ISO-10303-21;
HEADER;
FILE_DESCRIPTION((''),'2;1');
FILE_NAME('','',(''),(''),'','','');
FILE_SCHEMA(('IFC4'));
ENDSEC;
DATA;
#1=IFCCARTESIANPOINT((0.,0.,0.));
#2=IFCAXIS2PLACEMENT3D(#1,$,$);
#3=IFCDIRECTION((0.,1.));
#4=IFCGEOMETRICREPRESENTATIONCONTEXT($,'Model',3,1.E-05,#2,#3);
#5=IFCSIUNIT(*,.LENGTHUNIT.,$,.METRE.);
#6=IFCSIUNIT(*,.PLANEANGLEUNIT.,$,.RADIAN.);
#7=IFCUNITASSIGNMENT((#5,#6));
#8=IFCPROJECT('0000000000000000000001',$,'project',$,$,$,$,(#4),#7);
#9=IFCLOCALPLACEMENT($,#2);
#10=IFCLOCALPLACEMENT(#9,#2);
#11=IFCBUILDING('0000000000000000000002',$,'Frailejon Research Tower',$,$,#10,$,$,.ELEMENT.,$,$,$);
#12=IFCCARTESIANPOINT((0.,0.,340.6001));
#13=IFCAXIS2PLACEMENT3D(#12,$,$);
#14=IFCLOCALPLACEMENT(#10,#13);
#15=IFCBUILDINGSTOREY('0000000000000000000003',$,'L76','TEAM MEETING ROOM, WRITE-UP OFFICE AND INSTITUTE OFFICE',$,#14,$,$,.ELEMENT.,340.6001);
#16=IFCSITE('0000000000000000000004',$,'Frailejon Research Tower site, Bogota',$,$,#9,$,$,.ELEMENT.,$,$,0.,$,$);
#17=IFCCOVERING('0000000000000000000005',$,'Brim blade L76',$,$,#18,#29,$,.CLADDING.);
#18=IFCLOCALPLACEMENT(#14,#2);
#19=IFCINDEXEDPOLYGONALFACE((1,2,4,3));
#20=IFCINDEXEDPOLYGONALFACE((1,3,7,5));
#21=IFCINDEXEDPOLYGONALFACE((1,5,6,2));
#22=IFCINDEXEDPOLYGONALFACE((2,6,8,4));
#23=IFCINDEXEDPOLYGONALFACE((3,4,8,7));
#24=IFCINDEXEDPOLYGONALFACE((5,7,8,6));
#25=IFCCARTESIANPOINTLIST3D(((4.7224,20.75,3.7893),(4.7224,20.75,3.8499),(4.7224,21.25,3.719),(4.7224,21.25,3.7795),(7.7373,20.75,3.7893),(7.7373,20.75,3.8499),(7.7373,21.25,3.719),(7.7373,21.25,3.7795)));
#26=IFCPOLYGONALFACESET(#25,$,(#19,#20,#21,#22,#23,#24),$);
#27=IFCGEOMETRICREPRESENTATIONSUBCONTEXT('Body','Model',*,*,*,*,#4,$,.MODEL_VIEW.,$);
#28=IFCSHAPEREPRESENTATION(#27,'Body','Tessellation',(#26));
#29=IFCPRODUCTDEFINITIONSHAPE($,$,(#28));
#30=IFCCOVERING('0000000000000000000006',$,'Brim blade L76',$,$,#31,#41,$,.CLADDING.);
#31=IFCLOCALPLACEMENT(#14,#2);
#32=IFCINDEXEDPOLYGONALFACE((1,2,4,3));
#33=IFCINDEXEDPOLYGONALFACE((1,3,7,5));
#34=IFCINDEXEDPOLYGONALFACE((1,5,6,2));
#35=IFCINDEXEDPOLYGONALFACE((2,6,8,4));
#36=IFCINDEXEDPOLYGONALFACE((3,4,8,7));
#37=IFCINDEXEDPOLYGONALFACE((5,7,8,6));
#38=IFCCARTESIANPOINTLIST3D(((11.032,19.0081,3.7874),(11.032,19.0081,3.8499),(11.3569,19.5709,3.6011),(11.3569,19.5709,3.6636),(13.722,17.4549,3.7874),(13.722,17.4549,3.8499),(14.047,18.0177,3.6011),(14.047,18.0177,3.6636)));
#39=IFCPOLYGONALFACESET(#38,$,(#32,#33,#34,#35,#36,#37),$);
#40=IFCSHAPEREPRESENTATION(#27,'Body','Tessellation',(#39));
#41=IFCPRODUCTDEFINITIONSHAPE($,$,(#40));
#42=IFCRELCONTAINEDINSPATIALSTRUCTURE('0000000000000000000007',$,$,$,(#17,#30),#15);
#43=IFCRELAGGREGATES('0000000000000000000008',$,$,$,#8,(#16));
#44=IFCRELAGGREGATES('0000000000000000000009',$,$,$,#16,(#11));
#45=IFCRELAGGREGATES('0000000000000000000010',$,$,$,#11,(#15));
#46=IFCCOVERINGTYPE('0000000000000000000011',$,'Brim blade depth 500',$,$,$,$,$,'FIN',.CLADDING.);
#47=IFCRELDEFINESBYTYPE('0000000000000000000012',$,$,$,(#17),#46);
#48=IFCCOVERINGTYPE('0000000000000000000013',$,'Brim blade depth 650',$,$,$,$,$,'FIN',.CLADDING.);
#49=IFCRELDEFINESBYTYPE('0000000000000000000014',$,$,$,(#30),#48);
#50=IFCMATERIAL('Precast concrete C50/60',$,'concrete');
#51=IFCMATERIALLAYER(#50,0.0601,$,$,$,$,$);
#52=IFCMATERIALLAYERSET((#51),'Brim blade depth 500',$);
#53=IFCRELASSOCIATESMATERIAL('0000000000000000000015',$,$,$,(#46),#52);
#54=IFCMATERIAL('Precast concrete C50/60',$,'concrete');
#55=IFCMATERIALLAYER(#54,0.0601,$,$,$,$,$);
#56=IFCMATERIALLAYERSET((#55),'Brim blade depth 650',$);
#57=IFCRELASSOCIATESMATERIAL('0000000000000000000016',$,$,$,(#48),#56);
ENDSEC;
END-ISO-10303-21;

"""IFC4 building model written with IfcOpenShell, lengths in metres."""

from ifc_helpers import new_model, si_unit, direction, frame, origin, place, context, subcontext, project, spatial, polyline, outline, extrude, material, layer, layer_set, type_object, element, save


model = new_model("IFC4")

# Units and contexts
model_context = context("Model", 3, precision=1e-05, world=origin(), true_north=direction((0.0, 1.0)))
body_context = subcontext(model_context, "Body", "Model", "MODEL_VIEW")
ifc_project = project(units=[si_unit("LENGTHUNIT", "METRE"), si_unit("PLANEANGLEUNIT", "RADIAN")], contexts=[model_context])

# Site, building, storey
site_placement = place(None, origin())
site = spatial("IfcSite", under=ifc_project, at=site_placement, Name="Frailejon Research Tower site, Bogota", CompositionType="ELEMENT", RefElevation=0.0)
building_placement = place(site_placement, origin())
building = spatial("IfcBuilding", under=site, at=building_placement, Name="Frailejon Research Tower", CompositionType="ELEMENT")
storey_placement = place(building_placement, frame((0.0, 0.0, 340.6001)))
storey = spatial("IfcBuildingStorey", under=building, at=storey_placement, Name="L76", Description="TEAM MEETING ROOM, WRITE-UP OFFICE AND INSTITUTE OFFICE", CompositionType="ELEMENT", Elevation=340.6001)

# Coverings
ifc_material_1 = material(Name="Precast concrete C50/60", Category="concrete")
ifc_layer_1 = layer(ifc_material_1, 0.0601)
ifc_layer_set_1 = layer_set([ifc_layer_1], Name="Brim blade depth 500")
covering_type_1 = type_object("IfcCoveringType", Name="Brim blade depth 500", ElementType="FIN", PredefinedType="CLADDING", material=ifc_layer_set_1)
covering_1_placement = place(storey_placement, frame((4.7224, 20.75, 3.8499), z_axis=(1.0, 0.0, 0.0), x_axis=(0.0, 1.0, 0.0)))
element("IfcCovering", 1, at=covering_1_placement, inside=storey, type_object=covering_type_1, Name="Brim blade L76", PredefinedType="CLADDING", context=body_context, shape_type="SweptSolid", body=[
    extrude(outline(polyline([(0.0, -0.0605), (0.5, -0.1309), (0.5, -0.0703), (0.0, 0.0), (0.0, -0.0605)])), origin(), (0.0, 0.0, 1.0), 3.0149),
])
ifc_material_2 = material(Name="Precast concrete C50/60", Category="concrete")
ifc_layer_2 = layer(ifc_material_2, 0.0601)
ifc_layer_set_2 = layer_set([ifc_layer_2], Name="Brim blade depth 650")
covering_type_2 = type_object("IfcCoveringType", Name="Brim blade depth 650", ElementType="FIN", PredefinedType="CLADDING", material=ifc_layer_set_2)
covering_2_placement = place(storey_placement, frame((11.032, 19.0081, 3.8499), z_axis=(0.866014, -0.50002, 0.0), x_axis=(0.50002, 0.866014, 0.0)))
element("IfcCovering", 2, at=covering_2_placement, inside=storey, type_object=covering_type_2, Name="Brim blade L76", PredefinedType="CLADDING", context=body_context, shape_type="SweptSolid", body=[
    extrude(outline(polyline([(0.0, -0.0625), (0.6499, -0.2488), (0.6499, -0.1863), (0.0, 0.0), (0.0, -0.0625)])), origin(), (0.0, 0.0, 1.0), 3.1062),
])

save(model, "model.ifc")
